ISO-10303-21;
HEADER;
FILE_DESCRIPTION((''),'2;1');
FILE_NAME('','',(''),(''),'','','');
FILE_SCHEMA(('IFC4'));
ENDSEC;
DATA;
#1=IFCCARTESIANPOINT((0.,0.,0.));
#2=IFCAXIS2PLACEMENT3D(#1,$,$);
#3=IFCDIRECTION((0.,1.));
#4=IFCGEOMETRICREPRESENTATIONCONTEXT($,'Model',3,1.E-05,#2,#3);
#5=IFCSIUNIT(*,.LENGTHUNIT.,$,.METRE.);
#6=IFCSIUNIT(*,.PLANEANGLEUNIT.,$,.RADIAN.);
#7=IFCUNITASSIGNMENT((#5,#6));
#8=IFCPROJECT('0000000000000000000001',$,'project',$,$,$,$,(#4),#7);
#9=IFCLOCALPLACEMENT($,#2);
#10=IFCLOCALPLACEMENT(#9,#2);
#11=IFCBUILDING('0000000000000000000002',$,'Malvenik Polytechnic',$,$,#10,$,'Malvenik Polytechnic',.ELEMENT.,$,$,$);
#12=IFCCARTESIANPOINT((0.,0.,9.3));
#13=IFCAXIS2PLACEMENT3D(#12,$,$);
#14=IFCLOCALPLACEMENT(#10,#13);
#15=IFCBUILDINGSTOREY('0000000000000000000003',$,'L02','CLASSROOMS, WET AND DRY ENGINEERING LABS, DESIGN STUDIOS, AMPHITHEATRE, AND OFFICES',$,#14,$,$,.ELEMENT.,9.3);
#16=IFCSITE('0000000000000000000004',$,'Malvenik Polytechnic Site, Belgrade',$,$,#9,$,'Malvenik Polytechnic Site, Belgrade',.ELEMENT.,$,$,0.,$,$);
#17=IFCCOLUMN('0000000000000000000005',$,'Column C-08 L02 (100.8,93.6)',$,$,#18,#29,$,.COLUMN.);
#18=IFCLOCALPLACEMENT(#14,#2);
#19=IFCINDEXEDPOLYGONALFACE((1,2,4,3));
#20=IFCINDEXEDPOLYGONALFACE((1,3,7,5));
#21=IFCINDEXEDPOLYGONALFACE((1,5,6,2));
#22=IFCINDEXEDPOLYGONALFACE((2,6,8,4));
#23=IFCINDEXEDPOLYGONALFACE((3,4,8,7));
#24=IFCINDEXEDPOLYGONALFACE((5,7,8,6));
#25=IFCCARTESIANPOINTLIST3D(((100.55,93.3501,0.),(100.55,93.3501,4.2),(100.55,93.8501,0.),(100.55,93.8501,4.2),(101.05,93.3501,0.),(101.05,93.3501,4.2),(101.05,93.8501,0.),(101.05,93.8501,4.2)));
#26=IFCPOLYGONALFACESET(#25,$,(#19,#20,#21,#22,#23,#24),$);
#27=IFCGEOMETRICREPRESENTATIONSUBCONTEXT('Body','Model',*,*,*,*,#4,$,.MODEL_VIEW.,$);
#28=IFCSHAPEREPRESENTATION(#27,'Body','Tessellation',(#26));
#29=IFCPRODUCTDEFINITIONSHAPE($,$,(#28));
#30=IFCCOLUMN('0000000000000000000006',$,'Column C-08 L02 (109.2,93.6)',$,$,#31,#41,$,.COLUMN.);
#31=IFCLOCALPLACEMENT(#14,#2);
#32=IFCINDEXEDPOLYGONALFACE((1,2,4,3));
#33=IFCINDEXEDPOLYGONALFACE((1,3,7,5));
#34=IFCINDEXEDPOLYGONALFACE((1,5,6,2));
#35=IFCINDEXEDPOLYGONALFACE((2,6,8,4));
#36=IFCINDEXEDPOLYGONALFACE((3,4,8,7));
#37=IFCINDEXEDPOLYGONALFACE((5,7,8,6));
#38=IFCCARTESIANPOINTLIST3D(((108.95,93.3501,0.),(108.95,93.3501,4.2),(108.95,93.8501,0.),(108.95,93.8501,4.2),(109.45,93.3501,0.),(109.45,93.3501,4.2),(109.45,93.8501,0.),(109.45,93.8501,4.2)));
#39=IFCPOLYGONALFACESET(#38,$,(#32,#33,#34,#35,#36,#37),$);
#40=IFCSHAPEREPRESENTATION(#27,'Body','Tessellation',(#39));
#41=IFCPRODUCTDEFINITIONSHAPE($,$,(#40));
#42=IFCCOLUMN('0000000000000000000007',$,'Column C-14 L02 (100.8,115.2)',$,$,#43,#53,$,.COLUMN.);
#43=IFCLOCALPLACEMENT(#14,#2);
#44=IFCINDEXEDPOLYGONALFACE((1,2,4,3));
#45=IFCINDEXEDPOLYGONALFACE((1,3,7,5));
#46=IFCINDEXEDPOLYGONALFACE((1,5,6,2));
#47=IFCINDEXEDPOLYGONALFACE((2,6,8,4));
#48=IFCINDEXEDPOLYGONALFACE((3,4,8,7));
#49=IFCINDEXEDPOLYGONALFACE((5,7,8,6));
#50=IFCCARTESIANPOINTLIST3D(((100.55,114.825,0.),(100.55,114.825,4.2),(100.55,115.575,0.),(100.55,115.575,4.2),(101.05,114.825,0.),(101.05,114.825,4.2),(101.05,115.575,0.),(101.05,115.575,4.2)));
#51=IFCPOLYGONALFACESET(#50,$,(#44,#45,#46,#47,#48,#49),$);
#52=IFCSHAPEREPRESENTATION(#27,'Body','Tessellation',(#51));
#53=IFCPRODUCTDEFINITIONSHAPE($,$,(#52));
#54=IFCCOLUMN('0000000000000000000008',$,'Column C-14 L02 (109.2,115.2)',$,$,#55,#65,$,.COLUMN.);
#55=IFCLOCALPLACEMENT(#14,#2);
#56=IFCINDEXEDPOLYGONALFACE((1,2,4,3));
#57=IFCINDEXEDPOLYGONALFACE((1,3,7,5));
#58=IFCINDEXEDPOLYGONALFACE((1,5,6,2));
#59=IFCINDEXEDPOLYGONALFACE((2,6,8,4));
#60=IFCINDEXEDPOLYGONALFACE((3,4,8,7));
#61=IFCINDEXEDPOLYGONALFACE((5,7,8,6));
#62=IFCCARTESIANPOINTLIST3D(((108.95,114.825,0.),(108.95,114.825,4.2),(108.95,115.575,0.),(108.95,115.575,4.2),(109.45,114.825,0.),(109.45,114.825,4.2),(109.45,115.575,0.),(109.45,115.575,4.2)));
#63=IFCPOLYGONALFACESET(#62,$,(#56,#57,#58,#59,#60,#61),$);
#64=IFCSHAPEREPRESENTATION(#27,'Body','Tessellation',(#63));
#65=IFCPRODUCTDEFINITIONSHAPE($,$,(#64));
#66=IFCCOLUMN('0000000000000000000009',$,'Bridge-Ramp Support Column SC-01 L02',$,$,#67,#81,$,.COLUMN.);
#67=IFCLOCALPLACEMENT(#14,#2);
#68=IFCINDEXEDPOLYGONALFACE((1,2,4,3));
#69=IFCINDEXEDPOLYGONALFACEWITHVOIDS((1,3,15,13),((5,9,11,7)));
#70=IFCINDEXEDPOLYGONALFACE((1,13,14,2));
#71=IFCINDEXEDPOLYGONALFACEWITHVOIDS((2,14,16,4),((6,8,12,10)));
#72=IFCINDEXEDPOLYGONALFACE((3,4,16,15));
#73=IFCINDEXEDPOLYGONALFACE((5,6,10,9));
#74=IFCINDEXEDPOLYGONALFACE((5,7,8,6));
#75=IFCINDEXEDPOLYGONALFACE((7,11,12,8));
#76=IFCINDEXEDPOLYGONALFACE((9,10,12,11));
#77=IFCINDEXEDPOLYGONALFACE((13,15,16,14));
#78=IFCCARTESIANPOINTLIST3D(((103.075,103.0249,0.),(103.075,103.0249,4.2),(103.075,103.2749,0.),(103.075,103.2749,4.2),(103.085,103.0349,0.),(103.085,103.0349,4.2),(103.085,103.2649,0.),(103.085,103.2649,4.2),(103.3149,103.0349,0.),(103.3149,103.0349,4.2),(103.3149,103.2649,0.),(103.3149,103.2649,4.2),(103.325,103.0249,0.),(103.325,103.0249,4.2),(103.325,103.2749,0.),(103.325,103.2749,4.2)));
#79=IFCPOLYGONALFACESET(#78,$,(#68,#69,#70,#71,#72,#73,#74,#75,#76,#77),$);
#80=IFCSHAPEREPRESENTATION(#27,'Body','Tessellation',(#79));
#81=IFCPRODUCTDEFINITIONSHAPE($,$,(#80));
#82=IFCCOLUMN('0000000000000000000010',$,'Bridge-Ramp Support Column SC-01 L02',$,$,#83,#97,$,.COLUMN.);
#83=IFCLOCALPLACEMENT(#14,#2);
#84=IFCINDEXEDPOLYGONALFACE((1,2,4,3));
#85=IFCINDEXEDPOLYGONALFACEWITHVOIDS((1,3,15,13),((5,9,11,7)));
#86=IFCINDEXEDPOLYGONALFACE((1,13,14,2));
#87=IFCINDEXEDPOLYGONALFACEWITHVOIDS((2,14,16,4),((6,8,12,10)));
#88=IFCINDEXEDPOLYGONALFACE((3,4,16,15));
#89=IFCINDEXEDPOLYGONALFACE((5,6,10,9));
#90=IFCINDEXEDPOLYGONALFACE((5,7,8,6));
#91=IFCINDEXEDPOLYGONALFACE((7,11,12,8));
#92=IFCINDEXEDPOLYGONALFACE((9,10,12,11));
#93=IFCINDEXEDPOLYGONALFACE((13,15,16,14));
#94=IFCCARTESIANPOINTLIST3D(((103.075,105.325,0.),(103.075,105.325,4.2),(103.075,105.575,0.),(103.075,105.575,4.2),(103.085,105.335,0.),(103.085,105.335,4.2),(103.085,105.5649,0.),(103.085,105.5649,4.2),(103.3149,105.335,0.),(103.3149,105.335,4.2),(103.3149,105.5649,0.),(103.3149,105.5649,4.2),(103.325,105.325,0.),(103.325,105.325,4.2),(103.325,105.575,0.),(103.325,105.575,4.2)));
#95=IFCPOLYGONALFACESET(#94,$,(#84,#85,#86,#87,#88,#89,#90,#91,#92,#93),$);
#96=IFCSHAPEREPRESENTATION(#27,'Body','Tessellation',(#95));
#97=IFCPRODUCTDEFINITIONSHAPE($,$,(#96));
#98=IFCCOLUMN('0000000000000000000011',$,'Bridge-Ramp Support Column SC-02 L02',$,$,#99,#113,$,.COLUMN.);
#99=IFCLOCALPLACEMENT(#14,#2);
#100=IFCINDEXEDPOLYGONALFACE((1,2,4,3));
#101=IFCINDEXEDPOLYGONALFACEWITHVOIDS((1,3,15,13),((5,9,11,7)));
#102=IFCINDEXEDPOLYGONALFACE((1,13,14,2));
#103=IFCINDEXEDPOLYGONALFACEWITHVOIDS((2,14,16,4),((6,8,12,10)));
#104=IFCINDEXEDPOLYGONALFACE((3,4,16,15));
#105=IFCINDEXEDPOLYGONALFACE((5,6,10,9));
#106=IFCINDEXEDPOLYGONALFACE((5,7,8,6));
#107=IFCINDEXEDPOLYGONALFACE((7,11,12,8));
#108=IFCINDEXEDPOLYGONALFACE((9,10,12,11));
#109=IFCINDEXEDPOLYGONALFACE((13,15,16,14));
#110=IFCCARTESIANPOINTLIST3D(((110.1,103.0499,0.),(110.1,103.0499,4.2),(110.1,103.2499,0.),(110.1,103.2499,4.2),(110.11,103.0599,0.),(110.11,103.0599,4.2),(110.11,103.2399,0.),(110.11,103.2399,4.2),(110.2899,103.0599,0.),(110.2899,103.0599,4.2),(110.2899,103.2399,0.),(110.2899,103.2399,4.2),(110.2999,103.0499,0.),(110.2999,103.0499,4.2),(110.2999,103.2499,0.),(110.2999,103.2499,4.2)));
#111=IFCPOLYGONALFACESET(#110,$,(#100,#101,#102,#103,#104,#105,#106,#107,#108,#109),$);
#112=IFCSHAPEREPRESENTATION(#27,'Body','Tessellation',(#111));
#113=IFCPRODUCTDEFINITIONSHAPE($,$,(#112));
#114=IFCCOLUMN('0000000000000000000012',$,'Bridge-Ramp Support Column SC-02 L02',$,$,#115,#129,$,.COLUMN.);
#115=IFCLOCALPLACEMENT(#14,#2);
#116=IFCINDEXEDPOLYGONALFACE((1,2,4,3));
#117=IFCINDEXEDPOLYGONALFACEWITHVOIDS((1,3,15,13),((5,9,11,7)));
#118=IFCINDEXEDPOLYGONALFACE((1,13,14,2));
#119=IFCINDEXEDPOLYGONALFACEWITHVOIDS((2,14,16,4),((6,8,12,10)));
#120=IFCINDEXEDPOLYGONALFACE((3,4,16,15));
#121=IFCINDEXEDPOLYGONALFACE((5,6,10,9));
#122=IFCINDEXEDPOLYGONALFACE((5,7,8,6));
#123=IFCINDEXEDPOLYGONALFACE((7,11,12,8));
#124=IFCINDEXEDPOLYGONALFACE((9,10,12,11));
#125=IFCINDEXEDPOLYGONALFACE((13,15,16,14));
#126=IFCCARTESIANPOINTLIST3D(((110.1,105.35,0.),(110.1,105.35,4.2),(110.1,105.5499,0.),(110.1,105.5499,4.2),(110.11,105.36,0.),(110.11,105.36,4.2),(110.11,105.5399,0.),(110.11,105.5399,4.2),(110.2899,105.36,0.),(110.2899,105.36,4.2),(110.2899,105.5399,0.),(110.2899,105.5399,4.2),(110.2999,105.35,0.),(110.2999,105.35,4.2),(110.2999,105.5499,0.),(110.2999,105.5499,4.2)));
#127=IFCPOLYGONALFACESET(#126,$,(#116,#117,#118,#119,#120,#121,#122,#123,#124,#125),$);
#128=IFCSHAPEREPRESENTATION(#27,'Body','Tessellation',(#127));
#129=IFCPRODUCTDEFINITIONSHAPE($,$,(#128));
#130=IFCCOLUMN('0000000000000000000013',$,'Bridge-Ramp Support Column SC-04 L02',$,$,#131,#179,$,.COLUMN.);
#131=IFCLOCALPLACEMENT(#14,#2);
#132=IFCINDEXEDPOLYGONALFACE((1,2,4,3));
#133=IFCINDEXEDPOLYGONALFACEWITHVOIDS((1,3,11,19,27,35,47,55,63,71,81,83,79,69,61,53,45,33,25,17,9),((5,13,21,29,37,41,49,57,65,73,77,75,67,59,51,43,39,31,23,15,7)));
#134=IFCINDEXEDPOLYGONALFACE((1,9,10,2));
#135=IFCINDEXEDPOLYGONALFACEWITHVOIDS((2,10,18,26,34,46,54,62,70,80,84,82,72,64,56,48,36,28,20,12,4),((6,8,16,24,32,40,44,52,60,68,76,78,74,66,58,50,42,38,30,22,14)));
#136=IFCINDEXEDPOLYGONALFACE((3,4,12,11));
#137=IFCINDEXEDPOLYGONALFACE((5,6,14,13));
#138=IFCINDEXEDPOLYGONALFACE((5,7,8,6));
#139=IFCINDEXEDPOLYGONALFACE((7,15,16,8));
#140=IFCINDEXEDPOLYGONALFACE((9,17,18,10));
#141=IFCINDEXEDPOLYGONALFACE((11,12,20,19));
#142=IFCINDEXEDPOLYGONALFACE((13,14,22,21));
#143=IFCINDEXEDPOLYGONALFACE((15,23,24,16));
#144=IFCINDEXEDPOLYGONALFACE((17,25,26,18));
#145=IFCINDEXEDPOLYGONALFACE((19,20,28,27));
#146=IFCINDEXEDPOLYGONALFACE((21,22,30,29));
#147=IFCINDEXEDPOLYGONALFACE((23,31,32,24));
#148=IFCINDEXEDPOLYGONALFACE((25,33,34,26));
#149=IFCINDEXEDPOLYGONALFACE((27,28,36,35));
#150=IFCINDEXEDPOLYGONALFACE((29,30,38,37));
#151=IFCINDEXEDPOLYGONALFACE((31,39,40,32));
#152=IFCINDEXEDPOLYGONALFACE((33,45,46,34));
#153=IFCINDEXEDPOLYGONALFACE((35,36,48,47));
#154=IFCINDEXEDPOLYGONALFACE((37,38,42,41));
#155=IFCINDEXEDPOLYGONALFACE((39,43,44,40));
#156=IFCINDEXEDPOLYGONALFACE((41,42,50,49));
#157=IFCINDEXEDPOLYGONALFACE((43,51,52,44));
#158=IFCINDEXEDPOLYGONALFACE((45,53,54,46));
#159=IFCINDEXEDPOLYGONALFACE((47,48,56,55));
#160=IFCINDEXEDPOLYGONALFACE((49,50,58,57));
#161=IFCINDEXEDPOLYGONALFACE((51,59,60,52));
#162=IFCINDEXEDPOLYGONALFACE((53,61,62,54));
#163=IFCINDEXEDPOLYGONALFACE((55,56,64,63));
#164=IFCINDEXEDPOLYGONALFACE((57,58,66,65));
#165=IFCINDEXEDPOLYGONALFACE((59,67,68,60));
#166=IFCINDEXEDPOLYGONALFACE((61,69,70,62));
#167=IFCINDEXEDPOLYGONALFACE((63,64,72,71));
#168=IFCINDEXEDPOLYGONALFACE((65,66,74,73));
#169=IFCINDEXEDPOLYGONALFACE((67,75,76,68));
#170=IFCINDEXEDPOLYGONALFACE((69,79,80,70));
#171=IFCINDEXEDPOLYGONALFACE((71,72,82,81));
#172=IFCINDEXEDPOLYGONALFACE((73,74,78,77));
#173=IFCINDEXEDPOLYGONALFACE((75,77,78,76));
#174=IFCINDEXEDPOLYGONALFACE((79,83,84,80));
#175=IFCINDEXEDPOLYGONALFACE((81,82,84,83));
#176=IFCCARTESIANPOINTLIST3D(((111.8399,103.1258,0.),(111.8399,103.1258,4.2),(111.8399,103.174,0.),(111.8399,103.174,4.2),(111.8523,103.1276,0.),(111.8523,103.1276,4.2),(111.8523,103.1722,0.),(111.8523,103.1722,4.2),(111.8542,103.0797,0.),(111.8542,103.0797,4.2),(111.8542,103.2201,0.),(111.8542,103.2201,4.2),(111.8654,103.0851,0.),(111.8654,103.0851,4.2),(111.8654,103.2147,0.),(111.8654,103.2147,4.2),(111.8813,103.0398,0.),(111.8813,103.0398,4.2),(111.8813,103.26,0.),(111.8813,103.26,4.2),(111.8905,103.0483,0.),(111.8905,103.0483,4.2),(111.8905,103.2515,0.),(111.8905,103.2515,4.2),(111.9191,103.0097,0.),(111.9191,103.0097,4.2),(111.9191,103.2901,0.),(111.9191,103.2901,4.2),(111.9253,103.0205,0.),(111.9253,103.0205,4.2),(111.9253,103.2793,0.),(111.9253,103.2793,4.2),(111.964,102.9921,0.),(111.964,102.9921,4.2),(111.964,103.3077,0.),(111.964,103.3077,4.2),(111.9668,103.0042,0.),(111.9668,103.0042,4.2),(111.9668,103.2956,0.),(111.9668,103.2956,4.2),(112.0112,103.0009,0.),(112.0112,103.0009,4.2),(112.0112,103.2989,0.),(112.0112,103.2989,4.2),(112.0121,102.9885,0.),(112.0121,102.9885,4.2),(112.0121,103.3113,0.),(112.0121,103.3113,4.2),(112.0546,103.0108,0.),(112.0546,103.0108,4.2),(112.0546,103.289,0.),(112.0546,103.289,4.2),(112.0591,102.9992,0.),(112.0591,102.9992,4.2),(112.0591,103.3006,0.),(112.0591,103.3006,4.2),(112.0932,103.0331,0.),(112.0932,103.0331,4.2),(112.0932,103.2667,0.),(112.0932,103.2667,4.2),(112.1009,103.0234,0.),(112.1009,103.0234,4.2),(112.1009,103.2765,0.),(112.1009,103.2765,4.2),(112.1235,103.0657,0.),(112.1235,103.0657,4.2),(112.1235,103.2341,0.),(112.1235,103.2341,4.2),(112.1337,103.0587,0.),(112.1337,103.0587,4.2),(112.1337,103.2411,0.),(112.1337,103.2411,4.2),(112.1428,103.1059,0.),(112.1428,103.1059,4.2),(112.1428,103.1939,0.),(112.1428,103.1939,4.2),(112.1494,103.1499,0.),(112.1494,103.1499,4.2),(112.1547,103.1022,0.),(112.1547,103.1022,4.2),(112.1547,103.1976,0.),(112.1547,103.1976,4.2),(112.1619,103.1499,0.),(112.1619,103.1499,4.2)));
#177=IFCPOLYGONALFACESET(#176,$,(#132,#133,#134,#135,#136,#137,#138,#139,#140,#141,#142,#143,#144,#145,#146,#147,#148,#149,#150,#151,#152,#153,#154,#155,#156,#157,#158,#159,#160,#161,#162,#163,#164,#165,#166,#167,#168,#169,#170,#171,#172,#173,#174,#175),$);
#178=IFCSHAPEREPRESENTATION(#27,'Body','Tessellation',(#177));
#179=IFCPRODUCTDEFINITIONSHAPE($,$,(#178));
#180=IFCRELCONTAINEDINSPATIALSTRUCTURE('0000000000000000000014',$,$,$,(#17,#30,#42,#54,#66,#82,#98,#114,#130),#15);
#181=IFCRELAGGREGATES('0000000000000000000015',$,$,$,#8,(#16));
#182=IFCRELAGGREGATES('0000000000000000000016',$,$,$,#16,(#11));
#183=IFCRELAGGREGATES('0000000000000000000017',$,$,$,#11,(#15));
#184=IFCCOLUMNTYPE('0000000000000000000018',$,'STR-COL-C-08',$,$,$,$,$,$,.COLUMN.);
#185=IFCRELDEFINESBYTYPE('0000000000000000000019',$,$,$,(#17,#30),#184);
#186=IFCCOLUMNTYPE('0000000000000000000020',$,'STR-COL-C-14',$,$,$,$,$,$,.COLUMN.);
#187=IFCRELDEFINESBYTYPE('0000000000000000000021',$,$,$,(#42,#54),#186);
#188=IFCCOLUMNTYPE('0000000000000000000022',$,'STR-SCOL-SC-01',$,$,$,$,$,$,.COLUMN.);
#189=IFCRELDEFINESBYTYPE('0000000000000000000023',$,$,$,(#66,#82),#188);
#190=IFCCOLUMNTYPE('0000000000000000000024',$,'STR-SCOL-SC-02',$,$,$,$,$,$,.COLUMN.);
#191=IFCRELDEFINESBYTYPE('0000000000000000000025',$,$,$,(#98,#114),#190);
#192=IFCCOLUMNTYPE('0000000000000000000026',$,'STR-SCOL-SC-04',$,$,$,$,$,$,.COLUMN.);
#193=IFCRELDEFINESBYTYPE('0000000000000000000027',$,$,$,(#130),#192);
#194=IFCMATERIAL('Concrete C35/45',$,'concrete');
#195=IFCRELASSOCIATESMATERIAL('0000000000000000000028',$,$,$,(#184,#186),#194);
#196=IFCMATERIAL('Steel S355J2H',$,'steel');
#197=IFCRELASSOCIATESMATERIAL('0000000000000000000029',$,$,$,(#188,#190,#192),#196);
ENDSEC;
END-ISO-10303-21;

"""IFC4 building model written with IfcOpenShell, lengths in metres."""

from ifc_helpers import new_model, si_unit, direction, frame, origin, origin_2d, place, context, subcontext, project, spatial, rectangle, hollow_rectangle, hollow_circle, extrude, material, material_profile, profile_set, type_object, element, save


model = new_model("IFC4")

# Units and contexts
model_context = context("Model", 3, precision=1e-05, world=origin(), true_north=direction((0.0, 1.0)))
body_context = subcontext(model_context, "Body", "Model", "MODEL_VIEW")
ifc_project = project(units=[si_unit("LENGTHUNIT", "METRE"), si_unit("PLANEANGLEUNIT", "RADIAN")], contexts=[model_context])

# Site, building, storey
site_placement = place(None, origin())
site = spatial("IfcSite", under=ifc_project, at=site_placement, Name="Malvenik Polytechnic Site, Belgrade", LongName="Malvenik Polytechnic Site, Belgrade", CompositionType="ELEMENT", RefElevation=0.0)
building_placement = place(site_placement, origin())
building = spatial("IfcBuilding", under=site, at=building_placement, Name="Malvenik Polytechnic", LongName="Malvenik Polytechnic", CompositionType="ELEMENT")
storey_placement = place(building_placement, frame((0.0, 0.0, 9.3)))
storey = spatial("IfcBuildingStorey", under=building, at=storey_placement, Name="L02", Description="CLASSROOMS, WET AND DRY ENGINEERING LABS, DESIGN STUDIOS, AMPHITHEATRE, AND OFFICES", CompositionType="ELEMENT", Elevation=9.3)

# Columns
ifc_material_1 = material(Name="Concrete C35/45", Category="concrete")
ifc_material_profile_1 = material_profile(ifc_material_1, rectangle(XDim=0.5, YDim=0.5, at=origin_2d()), Name="RC COL 500x500")
ifc_profile_set_1 = profile_set([ifc_material_profile_1], Name="Concrete C35/45")
column_type_1 = type_object("IfcColumnType", Name="STR-COL-C-08", PredefinedType="COLUMN", material=ifc_profile_set_1)
for number, where, z_axis, x_axis, name in (
    (1, (100.8, 93.6001, 0.0), (0.0, 0.0, 1.0), (1.0, 0.0, 0.0), "Column C-08 L02 (100.8,93.6)"),
    (2, (109.2, 93.6001, 0.0), (0.0, 0.0, 1.0), (1.0, 0.0, 0.0), "Column C-08 L02 (109.2,93.6)"),
):
    element("IfcColumn", number, at=place(storey_placement, frame(where, z_axis=z_axis, x_axis=x_axis)), inside=storey, type_object=column_type_1, Name=name, PredefinedType="COLUMN", context=body_context, shape_type="SweptSolid", body=[
        extrude(rectangle(XDim=0.5, YDim=0.5, at=origin_2d()), origin(), (0.0, 0.0, 1.0), 4.2),
    ])
ifc_material_profile_2 = material_profile(ifc_material_1, rectangle(XDim=0.5, YDim=0.75, at=origin_2d()), Name="RC COL 750x500")
ifc_profile_set_2 = profile_set([ifc_material_profile_2], Name="Concrete C35/45")
column_type_2 = type_object("IfcColumnType", Name="STR-COL-C-14", PredefinedType="COLUMN", material=ifc_profile_set_2)
for number, where, z_axis, x_axis, name in (
    (3, (100.8, 115.2, 0.0), (0.0, 0.0, 1.0), (1.0, 0.0, 0.0), "Column C-14 L02 (100.8,115.2)"),
    (4, (109.2, 115.2, 0.0), (0.0, 0.0, 1.0), (1.0, 0.0, 0.0), "Column C-14 L02 (109.2,115.2)"),
):
    element("IfcColumn", number, at=place(storey_placement, frame(where, z_axis=z_axis, x_axis=x_axis)), inside=storey, type_object=column_type_2, Name=name, PredefinedType="COLUMN", context=body_context, shape_type="SweptSolid", body=[
        extrude(rectangle(XDim=0.5, YDim=0.75, at=origin_2d()), origin(), (0.0, 0.0, 1.0), 4.2),
    ])
ifc_material_2 = material(Name="Steel S355J2H", Category="steel")
ifc_material_profile_3 = material_profile(ifc_material_2, hollow_rectangle(XDim=0.25, YDim=0.25, WallThickness=0.01, at=origin_2d()), Name="SHS 250x250x10.0")
ifc_profile_set_3 = profile_set([ifc_material_profile_3], Name="Steel S355J2H")
column_type_3 = type_object("IfcColumnType", Name="STR-SCOL-SC-01", PredefinedType="COLUMN", material=ifc_profile_set_3)
for number, where, z_axis, x_axis, name in (
    (5, (103.2, 103.1499, 0.0), (0.0, 0.0, 1.0), (1.0, 0.0, 0.0), "Bridge-Ramp Support Column SC-01 L02"),
    (6, (103.2, 105.45, 0.0), (0.0, 0.0, 1.0), (1.0, 0.0, 0.0), "Bridge-Ramp Support Column SC-01 L02"),
):
    element("IfcColumn", number, at=place(storey_placement, frame(where, z_axis=z_axis, x_axis=x_axis)), inside=storey, type_object=column_type_3, Name=name, PredefinedType="COLUMN", context=body_context, shape_type="SweptSolid", body=[
        extrude(hollow_rectangle(XDim=0.25, YDim=0.25, WallThickness=0.01, at=origin_2d()), origin(), (0.0, 0.0, 1.0), 4.2),
    ])
ifc_material_profile_4 = material_profile(ifc_material_2, hollow_rectangle(XDim=0.2, YDim=0.2, WallThickness=0.01, at=origin_2d()), Name="SHS 200x200x10.0")
ifc_profile_set_4 = profile_set([ifc_material_profile_4], Name="Steel S355J2H")
column_type_4 = type_object("IfcColumnType", Name="STR-SCOL-SC-02", PredefinedType="COLUMN", material=ifc_profile_set_4)
for number, where, z_axis, x_axis, name in (
    (7, (110.2, 103.1499, 0.0), (0.0, 0.0, 1.0), (1.0, 0.0, 0.0), "Bridge-Ramp Support Column SC-02 L02"),
    (8, (110.2, 105.45, 0.0), (0.0, 0.0, 1.0), (1.0, 0.0, 0.0), "Bridge-Ramp Support Column SC-02 L02"),
):
    element("IfcColumn", number, at=place(storey_placement, frame(where, z_axis=z_axis, x_axis=x_axis)), inside=storey, type_object=column_type_4, Name=name, PredefinedType="COLUMN", context=body_context, shape_type="SweptSolid", body=[
        extrude(hollow_rectangle(XDim=0.2, YDim=0.2, WallThickness=0.01, at=origin_2d()), origin(), (0.0, 0.0, 1.0), 4.2),
    ])
ifc_material_profile_5 = material_profile(ifc_material_2, hollow_circle(Radius=0.1619, WallThickness=0.0125, at=origin_2d()), Name="CHS 323.9x12.5")
ifc_profile_set_5 = profile_set([ifc_material_profile_5], Name="Steel S355J2H")
column_type_5 = type_object("IfcColumnType", Name="STR-SCOL-SC-04", PredefinedType="COLUMN", material=ifc_profile_set_5)
for number, where, z_axis, x_axis, name in (
    (9, (112.0, 103.1499, 0.0), (0.0, 0.0, 1.0), (1.0, 0.0, 0.0), "Bridge-Ramp Support Column SC-04 L02"),
):
    element("IfcColumn", number, at=place(storey_placement, frame(where, z_axis=z_axis, x_axis=x_axis)), inside=storey, type_object=column_type_5, Name=name, PredefinedType="COLUMN", context=body_context, shape_type="SweptSolid", body=[
        extrude(hollow_circle(Radius=0.1619, WallThickness=0.0125, at=origin_2d()), origin(), (0.0, 0.0, 1.0), 4.2),
    ])

save(model, "model.ifc")
